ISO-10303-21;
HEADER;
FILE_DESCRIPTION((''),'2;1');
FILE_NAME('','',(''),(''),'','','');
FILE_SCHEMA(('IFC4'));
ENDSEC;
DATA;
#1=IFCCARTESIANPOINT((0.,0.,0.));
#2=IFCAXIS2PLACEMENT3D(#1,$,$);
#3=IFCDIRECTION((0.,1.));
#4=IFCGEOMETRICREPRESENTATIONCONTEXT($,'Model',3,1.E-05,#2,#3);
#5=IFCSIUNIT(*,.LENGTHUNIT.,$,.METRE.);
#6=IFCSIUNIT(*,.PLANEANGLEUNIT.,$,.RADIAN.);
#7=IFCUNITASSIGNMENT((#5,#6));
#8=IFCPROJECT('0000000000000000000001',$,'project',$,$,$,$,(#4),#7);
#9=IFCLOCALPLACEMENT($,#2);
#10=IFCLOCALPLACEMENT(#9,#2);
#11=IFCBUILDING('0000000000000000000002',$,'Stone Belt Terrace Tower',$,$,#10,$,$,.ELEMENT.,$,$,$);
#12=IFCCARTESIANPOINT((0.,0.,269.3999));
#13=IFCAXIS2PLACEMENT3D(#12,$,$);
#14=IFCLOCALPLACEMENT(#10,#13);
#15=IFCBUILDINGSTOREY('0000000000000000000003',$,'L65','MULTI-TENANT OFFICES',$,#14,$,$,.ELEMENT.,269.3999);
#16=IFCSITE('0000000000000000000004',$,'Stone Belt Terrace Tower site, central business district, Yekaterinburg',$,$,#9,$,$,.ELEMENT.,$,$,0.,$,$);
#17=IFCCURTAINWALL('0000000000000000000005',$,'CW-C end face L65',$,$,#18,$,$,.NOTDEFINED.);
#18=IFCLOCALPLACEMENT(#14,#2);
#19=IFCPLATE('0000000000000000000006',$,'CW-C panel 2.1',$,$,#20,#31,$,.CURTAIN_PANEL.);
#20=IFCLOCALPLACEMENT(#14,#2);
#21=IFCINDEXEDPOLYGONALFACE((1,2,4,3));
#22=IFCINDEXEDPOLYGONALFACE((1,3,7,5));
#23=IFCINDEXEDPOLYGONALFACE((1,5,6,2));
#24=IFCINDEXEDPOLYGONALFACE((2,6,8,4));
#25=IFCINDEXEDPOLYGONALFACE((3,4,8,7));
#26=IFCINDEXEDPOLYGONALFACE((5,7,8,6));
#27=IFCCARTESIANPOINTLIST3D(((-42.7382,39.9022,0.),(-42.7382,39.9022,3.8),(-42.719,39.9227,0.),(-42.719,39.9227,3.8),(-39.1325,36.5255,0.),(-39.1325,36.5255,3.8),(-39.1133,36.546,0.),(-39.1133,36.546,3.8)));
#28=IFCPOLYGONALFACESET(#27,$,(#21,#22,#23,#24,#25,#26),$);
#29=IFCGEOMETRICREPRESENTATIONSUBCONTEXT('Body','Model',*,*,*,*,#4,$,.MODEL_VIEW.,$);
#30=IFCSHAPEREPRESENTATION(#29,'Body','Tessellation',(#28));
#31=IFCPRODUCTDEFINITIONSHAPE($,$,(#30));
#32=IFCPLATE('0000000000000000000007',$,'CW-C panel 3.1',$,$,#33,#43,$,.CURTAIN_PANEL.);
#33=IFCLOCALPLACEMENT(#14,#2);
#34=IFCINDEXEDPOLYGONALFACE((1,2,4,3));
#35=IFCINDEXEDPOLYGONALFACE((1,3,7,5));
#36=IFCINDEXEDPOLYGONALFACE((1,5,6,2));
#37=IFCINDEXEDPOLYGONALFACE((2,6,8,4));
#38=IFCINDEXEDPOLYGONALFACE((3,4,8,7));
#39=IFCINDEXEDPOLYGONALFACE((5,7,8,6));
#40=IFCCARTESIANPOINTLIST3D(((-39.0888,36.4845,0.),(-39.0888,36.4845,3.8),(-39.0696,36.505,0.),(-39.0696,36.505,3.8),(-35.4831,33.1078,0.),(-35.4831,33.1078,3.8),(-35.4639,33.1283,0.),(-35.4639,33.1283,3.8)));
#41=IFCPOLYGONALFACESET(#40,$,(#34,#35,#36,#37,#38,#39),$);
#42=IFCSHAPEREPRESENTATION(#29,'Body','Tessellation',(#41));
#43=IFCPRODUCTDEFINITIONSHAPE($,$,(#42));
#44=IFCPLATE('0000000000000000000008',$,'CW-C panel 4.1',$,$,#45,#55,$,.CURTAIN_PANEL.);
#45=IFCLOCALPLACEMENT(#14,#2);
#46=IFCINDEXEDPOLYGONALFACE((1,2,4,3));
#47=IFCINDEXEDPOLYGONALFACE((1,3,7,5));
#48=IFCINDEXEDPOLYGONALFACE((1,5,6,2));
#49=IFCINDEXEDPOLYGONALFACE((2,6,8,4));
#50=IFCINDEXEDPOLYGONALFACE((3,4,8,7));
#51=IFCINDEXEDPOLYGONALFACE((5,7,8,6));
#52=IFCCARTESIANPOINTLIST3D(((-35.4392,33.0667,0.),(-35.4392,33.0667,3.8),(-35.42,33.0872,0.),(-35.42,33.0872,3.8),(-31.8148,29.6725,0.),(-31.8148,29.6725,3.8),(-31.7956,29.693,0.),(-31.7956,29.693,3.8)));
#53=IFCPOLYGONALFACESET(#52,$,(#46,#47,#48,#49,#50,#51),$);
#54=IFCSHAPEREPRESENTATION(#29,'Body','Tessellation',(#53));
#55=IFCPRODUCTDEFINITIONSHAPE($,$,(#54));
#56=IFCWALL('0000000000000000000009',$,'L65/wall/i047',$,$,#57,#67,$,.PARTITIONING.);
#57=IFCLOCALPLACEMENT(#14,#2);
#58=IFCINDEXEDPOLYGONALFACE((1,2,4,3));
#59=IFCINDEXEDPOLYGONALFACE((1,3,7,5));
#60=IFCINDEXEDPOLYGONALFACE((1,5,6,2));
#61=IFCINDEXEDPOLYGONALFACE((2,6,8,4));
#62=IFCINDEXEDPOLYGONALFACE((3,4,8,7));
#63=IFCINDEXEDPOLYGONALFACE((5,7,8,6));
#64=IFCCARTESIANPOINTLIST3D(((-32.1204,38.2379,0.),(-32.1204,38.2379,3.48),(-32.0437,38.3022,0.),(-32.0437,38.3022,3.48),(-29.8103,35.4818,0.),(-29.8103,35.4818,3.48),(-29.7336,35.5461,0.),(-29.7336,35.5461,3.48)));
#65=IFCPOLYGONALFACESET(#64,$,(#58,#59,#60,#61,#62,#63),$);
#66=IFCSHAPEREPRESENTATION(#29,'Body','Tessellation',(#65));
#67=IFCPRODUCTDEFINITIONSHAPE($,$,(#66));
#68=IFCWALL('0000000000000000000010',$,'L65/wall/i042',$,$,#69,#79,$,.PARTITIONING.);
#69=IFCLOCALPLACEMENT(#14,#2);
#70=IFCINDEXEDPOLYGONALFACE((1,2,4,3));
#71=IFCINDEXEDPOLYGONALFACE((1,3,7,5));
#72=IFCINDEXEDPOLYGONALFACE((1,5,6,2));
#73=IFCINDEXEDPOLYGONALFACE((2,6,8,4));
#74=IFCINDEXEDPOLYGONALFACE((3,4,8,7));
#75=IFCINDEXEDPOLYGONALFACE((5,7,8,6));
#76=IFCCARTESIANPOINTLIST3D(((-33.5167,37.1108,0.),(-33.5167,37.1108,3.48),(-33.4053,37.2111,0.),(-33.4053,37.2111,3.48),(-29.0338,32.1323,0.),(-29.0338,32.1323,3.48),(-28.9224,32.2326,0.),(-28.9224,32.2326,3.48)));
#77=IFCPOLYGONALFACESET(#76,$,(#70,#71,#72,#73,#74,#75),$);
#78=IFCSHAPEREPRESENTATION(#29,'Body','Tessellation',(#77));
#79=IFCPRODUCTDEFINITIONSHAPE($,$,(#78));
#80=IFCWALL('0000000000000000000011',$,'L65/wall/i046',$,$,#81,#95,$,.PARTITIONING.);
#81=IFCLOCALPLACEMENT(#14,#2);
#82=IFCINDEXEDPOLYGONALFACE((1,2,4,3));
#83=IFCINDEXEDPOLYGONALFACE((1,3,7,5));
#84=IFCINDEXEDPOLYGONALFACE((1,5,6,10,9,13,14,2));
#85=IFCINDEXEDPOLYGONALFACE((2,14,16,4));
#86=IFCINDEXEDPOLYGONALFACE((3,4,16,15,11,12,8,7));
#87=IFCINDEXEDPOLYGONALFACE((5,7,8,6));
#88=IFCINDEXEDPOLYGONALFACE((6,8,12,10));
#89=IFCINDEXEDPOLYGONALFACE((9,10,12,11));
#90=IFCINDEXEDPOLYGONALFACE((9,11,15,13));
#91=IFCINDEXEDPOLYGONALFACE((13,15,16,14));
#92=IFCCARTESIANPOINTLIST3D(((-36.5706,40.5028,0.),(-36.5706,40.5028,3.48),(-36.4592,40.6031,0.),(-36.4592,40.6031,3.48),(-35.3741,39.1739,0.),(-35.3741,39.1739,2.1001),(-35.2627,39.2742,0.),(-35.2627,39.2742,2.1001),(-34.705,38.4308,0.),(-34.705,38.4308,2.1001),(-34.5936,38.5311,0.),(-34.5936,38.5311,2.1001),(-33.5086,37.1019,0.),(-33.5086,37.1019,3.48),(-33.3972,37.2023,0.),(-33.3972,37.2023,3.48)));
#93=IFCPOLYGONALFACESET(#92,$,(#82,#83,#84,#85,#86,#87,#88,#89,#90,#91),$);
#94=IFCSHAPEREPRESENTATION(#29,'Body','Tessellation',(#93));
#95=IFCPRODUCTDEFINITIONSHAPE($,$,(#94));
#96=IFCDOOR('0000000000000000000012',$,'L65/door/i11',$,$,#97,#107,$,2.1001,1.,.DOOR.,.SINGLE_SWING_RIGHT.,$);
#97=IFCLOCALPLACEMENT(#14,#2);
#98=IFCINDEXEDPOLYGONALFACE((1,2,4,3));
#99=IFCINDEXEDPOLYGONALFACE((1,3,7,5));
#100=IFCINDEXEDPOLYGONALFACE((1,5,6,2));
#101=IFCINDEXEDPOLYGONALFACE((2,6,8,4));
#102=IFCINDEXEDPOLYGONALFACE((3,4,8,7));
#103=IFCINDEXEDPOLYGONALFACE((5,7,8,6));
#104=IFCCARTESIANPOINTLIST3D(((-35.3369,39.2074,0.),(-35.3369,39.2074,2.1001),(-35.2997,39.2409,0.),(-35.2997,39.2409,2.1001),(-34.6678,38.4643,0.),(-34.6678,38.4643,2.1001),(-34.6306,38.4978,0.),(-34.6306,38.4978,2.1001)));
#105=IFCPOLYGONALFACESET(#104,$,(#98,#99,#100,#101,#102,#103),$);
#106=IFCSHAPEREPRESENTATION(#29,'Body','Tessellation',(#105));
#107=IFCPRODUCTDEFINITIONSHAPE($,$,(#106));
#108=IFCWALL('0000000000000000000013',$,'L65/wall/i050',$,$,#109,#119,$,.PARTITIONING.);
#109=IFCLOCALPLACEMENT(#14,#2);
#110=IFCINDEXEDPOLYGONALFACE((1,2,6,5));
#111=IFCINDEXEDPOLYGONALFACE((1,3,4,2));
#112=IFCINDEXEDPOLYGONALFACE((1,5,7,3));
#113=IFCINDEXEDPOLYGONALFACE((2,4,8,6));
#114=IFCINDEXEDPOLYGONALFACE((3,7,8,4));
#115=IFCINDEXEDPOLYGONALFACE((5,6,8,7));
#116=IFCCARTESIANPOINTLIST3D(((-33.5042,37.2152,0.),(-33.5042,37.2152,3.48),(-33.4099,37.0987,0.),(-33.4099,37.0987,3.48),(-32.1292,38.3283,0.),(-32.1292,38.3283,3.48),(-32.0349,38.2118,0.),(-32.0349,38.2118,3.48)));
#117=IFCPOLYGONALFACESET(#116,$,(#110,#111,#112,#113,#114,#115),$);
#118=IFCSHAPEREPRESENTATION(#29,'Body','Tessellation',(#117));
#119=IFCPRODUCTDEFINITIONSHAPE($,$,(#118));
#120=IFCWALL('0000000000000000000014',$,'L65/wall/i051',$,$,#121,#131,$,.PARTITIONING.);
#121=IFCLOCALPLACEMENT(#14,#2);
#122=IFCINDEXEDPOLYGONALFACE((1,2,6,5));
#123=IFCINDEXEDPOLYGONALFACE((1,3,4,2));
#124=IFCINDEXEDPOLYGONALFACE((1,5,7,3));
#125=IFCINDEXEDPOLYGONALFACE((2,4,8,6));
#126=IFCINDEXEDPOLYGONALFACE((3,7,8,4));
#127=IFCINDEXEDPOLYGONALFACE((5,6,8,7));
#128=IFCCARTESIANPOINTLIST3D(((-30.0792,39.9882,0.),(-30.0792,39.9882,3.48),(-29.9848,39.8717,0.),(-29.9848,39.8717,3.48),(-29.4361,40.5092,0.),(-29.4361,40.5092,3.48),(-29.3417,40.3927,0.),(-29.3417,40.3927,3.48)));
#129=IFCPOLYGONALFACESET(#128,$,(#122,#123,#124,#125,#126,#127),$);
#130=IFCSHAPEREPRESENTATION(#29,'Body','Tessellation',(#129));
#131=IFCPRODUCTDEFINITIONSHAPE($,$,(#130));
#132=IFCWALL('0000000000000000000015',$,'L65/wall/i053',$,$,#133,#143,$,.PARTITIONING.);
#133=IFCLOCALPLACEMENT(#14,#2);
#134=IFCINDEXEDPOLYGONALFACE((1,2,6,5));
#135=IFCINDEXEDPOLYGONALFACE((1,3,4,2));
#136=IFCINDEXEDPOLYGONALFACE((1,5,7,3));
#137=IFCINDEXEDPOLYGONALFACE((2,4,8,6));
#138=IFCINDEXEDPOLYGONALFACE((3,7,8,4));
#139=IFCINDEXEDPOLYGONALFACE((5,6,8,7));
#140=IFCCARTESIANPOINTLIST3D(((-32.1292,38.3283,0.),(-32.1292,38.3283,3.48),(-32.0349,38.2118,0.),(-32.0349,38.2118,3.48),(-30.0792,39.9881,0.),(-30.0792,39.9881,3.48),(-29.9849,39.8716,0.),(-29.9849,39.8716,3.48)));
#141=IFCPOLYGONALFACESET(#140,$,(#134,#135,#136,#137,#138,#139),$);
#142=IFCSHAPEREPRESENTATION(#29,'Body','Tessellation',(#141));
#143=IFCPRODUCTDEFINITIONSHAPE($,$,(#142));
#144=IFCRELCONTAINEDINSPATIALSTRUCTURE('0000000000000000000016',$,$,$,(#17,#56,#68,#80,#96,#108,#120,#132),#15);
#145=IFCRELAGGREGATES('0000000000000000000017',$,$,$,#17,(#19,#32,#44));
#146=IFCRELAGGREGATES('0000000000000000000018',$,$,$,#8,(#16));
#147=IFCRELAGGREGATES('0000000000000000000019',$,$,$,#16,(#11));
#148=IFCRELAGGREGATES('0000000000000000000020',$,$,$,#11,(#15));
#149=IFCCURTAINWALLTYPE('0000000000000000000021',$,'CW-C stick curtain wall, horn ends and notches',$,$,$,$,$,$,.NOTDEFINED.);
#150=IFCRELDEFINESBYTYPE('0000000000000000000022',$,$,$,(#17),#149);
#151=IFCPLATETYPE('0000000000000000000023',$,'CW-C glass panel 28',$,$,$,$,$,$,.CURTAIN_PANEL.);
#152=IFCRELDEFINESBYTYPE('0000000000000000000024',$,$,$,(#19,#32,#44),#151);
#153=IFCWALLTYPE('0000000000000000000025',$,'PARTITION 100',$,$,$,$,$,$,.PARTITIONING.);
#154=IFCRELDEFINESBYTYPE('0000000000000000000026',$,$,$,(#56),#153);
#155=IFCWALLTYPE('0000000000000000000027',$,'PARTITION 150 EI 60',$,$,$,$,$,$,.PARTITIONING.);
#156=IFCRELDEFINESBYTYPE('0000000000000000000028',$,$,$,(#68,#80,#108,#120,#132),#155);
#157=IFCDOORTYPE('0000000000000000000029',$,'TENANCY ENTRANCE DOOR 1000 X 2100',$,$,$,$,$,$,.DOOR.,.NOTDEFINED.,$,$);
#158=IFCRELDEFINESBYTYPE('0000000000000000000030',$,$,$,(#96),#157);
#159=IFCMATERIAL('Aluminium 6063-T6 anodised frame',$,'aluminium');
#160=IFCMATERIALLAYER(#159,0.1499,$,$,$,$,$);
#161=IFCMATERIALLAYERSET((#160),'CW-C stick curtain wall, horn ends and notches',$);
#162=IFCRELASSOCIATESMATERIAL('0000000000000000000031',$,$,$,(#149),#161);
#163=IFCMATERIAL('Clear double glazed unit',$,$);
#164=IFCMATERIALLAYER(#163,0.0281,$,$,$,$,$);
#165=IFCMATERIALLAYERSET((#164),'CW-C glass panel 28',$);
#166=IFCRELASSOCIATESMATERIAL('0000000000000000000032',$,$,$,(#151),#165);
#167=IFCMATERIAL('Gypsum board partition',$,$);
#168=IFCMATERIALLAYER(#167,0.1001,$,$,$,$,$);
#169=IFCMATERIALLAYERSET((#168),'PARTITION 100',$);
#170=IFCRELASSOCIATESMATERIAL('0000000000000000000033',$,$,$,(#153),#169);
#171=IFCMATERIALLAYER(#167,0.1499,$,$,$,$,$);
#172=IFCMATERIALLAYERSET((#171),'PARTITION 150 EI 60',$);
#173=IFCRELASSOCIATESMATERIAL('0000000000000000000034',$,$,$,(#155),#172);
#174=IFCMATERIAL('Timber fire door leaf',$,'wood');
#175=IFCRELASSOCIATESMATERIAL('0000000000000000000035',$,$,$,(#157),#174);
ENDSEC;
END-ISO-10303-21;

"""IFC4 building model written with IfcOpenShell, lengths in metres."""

from ifc_helpers import new_model, si_unit, direction, frame, frame_2d, origin, origin_2d, place, context, subcontext, project, spatial, rectangle, extrude, material, layer, layer_set, type_object, element, fill, aggregate, save


model = new_model("IFC4")

# Units and contexts
model_context = context("Model", 3, precision=1e-05, world=origin(), true_north=direction((0.0, 1.0)))
body_context = subcontext(model_context, "Body", "Model", "MODEL_VIEW")
ifc_project = project(units=[si_unit("LENGTHUNIT", "METRE"), si_unit("PLANEANGLEUNIT", "RADIAN")], contexts=[model_context])

# Site, building, storey
site_placement = place(None, origin())
site = spatial("IfcSite", under=ifc_project, at=site_placement, Name="Stone Belt Terrace Tower site, central business district, Yekaterinburg", CompositionType="ELEMENT", RefElevation=0.0)
building_placement = place(site_placement, origin())
building = spatial("IfcBuilding", under=site, at=building_placement, Name="Stone Belt Terrace Tower", CompositionType="ELEMENT")
storey_placement = place(building_placement, frame((0.0, 0.0, 269.3999)))
storey = spatial("IfcBuildingStorey", under=building, at=storey_placement, Name="L65", Description="MULTI-TENANT OFFICES", CompositionType="ELEMENT", Elevation=269.3999)

# Curtain wall
ifc_material_1 = material(Name="Aluminium 6063-T6 anodised frame", Category="aluminium")
ifc_layer_1 = layer(ifc_material_1, 0.1499)
ifc_layer_set_1 = layer_set([ifc_layer_1], Name="CW-C stick curtain wall, horn ends and notches")
curtain_wall_type_1 = type_object("IfcCurtainWallType", Name="CW-C stick curtain wall, horn ends and notches", PredefinedType="NOTDEFINED", material=ifc_layer_set_1)
curtain_wall_1_placement = place(storey_placement, origin())
curtain_wall_1 = element("IfcCurtainWall", 1, at=curtain_wall_1_placement, inside=storey, type_object=curtain_wall_type_1, Name="CW-C end face L65", PredefinedType="NOTDEFINED")

# Plates
ifc_material_2 = material(Name="Clear double glazed unit")
ifc_layer_2 = layer(ifc_material_2, 0.0281)
ifc_layer_set_2 = layer_set([ifc_layer_2], Name="CW-C glass panel 28")
plate_type = type_object("IfcPlateType", Name="CW-C glass panel 28", PredefinedType="CURTAIN_PANEL", material=ifc_layer_set_2)
plate_1_placement = place(storey_placement, frame((-40.9258, 38.2241, 0.0), z_axis=(0.0, 0.0, 1.0), x_axis=(0.729904, -0.683549, 0.0)))
plate_1 = element("IfcPlate", 2, at=plate_1_placement, type_object=plate_type, Name="CW-C panel 2.1", PredefinedType="CURTAIN_PANEL", context=body_context, shape_type="SweptSolid", body=[
    extrude(rectangle(XDim=4.9399, YDim=0.0281, at=origin_2d()), origin(), (0.0, 0.0, 1.0), 3.8),
])
plate_2_placement = place(storey_placement, frame((-37.2764, 34.8064, 0.0), z_axis=(0.0, 0.0, 1.0), x_axis=(0.729904, -0.683549, 0.0)))
plate_2 = element("IfcPlate", 3, at=plate_2_placement, type_object=plate_type, Name="CW-C panel 3.1", PredefinedType="CURTAIN_PANEL", context=body_context, shape_type="SweptSolid", body=[
    extrude(rectangle(XDim=4.9399, YDim=0.0281, at=origin_2d()), origin(), (0.0, 0.0, 1.0), 3.8),
])
plate_3_placement = place(storey_placement, frame((-33.6174, 31.3799, 0.0), z_axis=(0.0, 0.0, 1.0), x_axis=(0.729904, -0.683549, 0.0)))
plate_3 = element("IfcPlate", 4, at=plate_3_placement, type_object=plate_type, Name="CW-C panel 4.1", PredefinedType="CURTAIN_PANEL", context=body_context, shape_type="SweptSolid", body=[
    extrude(rectangle(XDim=4.9656, YDim=0.0281, at=origin_2d()), origin(), (0.0, 0.0, 1.0), 3.8),
])
aggregate(curtain_wall_1, [plate_1, plate_2, plate_3])

# Walls
ifc_material_3 = material(Name="Gypsum board partition")
ifc_layer_3 = layer(ifc_material_3, 0.1001)
ifc_layer_set_3 = layer_set([ifc_layer_3], Name="PARTITION 100")
wall_type_1 = type_object("IfcWallType", Name="PARTITION 100", PredefinedType="PARTITIONING", material=ifc_layer_set_3)
wall_1_placement = place(storey_placement, frame((-32.082, 38.27, 0.0), z_axis=(0.0, 0.0, 1.0), x_axis=(0.642365, -0.766399, 0.0)))
element("IfcWall", 5, at=wall_1_placement, inside=storey, type_object=wall_type_1, Name="L65/wall/i047", PredefinedType="PARTITIONING", context=body_context, shape_type="SweptSolid", body=[
    extrude(rectangle(XDim=3.5962, YDim=0.1001, at=frame_2d((1.7981, 0.0))), origin(), (0.0, 0.0, 1.0), 3.48),
])
ifc_layer_4 = layer(ifc_material_3, 0.1499)
ifc_layer_set_4 = layer_set([ifc_layer_4], Name="PARTITION 150 EI 60")
wall_type_2 = type_object("IfcWallType", Name="PARTITION 150 EI 60", PredefinedType="PARTITIONING", material=ifc_layer_set_4)
wall_2_placement = place(storey_placement, frame((-33.4609, 37.1609, 0.0), z_axis=(0.0, 0.0, 1.0), x_axis=(0.66915, -0.743127, 0.0)))
element("IfcWall", 6, at=wall_2_placement, inside=storey, type_object=wall_type_2, Name="L65/wall/i042", PredefinedType="PARTITIONING", context=body_context, shape_type="SweptSolid", body=[
    extrude(rectangle(XDim=6.6995, YDim=0.1499, at=frame_2d((3.3496, 0.0))), origin(), (0.0, 0.0, 1.0), 3.48),
])

# Wall, opening, door
wall_3_placement = place(storey_placement, frame((-33.4529, 37.1521, 0.0), z_axis=(0.0, 0.0, 1.0), x_axis=(-0.669112, 0.743161, 0.0)))
wall_3 = element("IfcWall", 7, at=wall_3_placement, inside=storey, type_object=wall_type_2, Name="L65/wall/i046", PredefinedType="PARTITIONING", context=body_context, shape_type="SweptSolid", body=[
    extrude(rectangle(XDim=4.5762, YDim=0.1499, at=frame_2d((2.2881, 0.0))), origin(), (0.0, 0.0, 1.0), 3.48),
])
opening_placement = place(wall_3_placement, frame((1.7881, 0.0, 0.0)))
opening = element("IfcOpeningElement", 8, at=opening_placement, cuts=wall_3, PredefinedType="OPENING", context=body_context, shape_type="SweptSolid", body=[
    extrude(rectangle(XDim=1.0, YDim=2.1001, at=frame_2d((0.5, 1.05))), frame((0.0, 0.085, 0.0), z_axis=(0.0, -1.0, 0.0), x_axis=(1.0, 0.0, 0.0)), (0.0, 0.0, 1.0), 0.1699),
])
ifc_material_4 = material(Name="Timber fire door leaf", Category="wood")
door_type = type_object("IfcDoorType", Name="TENANCY ENTRANCE DOOR 1000 X 2100", OperationType="NOTDEFINED", PredefinedType="DOOR", material=ifc_material_4)
door_placement = place(opening_placement, origin())
door = element("IfcDoor", 9, at=door_placement, inside=storey, type_object=door_type, Name="L65/door/i11", OperationType="SINGLE_SWING_RIGHT", OverallHeight=2.1001, OverallWidth=1.0, PredefinedType="DOOR", context=body_context, shape_type="SweptSolid", body=[
    extrude(rectangle(XDim=1.0, YDim=2.1001, at=frame_2d((0.5, 1.05))), frame((0.0, 0.0249, 0.0), z_axis=(0.0, -1.0, 0.0), x_axis=(1.0, 0.0, 0.0)), (0.0, 0.0, 1.0), 0.05),
])
fill(opening, door)

# Walls
wall_4_placement = place(storey_placement, frame((-33.457, 37.157, 0.0), z_axis=(0.0, 0.0, 1.0), x_axis=(0.777261, 0.629178, 0.0)))
element("IfcWall", 10, at=wall_4_placement, inside=storey, type_object=wall_type_2, Name="L65/wall/i050", PredefinedType="PARTITIONING", context=body_context, shape_type="SweptSolid", body=[
    extrude(rectangle(XDim=1.769, YDim=0.1499, at=frame_2d((0.8845, 0.0))), origin(), (0.0, 0.0, 1.0), 3.48),
])
wall_5_placement = place(storey_placement, frame((-30.032, 39.9299, 0.0), z_axis=(0.0, 0.0, 1.0), x_axis=(0.776998, 0.629504, 0.0)))
element("IfcWall", 11, at=wall_5_placement, inside=storey, type_object=wall_type_2, Name="L65/wall/i051", PredefinedType="PARTITIONING", context=body_context, shape_type="SweptSolid", body=[
    extrude(rectangle(XDim=0.8276, YDim=0.1499, at=frame_2d((0.4138, 0.0))), origin(), (0.0, 0.0, 1.0), 3.48),
])
wall_6_placement = place(storey_placement, frame((-32.082, 38.27, 0.0), z_axis=(0.0, 0.0, 1.0), x_axis=(0.77718, 0.629278, 0.0)))
element("IfcWall", 12, at=wall_6_placement, inside=storey, type_object=wall_type_2, Name="L65/wall/i053", PredefinedType="PARTITIONING", context=body_context, shape_type="SweptSolid", body=[
    extrude(rectangle(XDim=2.6377, YDim=0.1499, at=frame_2d((1.3188, 0.0))), origin(), (0.0, 0.0, 1.0), 3.48),
])

save(model, "model.ifc")
